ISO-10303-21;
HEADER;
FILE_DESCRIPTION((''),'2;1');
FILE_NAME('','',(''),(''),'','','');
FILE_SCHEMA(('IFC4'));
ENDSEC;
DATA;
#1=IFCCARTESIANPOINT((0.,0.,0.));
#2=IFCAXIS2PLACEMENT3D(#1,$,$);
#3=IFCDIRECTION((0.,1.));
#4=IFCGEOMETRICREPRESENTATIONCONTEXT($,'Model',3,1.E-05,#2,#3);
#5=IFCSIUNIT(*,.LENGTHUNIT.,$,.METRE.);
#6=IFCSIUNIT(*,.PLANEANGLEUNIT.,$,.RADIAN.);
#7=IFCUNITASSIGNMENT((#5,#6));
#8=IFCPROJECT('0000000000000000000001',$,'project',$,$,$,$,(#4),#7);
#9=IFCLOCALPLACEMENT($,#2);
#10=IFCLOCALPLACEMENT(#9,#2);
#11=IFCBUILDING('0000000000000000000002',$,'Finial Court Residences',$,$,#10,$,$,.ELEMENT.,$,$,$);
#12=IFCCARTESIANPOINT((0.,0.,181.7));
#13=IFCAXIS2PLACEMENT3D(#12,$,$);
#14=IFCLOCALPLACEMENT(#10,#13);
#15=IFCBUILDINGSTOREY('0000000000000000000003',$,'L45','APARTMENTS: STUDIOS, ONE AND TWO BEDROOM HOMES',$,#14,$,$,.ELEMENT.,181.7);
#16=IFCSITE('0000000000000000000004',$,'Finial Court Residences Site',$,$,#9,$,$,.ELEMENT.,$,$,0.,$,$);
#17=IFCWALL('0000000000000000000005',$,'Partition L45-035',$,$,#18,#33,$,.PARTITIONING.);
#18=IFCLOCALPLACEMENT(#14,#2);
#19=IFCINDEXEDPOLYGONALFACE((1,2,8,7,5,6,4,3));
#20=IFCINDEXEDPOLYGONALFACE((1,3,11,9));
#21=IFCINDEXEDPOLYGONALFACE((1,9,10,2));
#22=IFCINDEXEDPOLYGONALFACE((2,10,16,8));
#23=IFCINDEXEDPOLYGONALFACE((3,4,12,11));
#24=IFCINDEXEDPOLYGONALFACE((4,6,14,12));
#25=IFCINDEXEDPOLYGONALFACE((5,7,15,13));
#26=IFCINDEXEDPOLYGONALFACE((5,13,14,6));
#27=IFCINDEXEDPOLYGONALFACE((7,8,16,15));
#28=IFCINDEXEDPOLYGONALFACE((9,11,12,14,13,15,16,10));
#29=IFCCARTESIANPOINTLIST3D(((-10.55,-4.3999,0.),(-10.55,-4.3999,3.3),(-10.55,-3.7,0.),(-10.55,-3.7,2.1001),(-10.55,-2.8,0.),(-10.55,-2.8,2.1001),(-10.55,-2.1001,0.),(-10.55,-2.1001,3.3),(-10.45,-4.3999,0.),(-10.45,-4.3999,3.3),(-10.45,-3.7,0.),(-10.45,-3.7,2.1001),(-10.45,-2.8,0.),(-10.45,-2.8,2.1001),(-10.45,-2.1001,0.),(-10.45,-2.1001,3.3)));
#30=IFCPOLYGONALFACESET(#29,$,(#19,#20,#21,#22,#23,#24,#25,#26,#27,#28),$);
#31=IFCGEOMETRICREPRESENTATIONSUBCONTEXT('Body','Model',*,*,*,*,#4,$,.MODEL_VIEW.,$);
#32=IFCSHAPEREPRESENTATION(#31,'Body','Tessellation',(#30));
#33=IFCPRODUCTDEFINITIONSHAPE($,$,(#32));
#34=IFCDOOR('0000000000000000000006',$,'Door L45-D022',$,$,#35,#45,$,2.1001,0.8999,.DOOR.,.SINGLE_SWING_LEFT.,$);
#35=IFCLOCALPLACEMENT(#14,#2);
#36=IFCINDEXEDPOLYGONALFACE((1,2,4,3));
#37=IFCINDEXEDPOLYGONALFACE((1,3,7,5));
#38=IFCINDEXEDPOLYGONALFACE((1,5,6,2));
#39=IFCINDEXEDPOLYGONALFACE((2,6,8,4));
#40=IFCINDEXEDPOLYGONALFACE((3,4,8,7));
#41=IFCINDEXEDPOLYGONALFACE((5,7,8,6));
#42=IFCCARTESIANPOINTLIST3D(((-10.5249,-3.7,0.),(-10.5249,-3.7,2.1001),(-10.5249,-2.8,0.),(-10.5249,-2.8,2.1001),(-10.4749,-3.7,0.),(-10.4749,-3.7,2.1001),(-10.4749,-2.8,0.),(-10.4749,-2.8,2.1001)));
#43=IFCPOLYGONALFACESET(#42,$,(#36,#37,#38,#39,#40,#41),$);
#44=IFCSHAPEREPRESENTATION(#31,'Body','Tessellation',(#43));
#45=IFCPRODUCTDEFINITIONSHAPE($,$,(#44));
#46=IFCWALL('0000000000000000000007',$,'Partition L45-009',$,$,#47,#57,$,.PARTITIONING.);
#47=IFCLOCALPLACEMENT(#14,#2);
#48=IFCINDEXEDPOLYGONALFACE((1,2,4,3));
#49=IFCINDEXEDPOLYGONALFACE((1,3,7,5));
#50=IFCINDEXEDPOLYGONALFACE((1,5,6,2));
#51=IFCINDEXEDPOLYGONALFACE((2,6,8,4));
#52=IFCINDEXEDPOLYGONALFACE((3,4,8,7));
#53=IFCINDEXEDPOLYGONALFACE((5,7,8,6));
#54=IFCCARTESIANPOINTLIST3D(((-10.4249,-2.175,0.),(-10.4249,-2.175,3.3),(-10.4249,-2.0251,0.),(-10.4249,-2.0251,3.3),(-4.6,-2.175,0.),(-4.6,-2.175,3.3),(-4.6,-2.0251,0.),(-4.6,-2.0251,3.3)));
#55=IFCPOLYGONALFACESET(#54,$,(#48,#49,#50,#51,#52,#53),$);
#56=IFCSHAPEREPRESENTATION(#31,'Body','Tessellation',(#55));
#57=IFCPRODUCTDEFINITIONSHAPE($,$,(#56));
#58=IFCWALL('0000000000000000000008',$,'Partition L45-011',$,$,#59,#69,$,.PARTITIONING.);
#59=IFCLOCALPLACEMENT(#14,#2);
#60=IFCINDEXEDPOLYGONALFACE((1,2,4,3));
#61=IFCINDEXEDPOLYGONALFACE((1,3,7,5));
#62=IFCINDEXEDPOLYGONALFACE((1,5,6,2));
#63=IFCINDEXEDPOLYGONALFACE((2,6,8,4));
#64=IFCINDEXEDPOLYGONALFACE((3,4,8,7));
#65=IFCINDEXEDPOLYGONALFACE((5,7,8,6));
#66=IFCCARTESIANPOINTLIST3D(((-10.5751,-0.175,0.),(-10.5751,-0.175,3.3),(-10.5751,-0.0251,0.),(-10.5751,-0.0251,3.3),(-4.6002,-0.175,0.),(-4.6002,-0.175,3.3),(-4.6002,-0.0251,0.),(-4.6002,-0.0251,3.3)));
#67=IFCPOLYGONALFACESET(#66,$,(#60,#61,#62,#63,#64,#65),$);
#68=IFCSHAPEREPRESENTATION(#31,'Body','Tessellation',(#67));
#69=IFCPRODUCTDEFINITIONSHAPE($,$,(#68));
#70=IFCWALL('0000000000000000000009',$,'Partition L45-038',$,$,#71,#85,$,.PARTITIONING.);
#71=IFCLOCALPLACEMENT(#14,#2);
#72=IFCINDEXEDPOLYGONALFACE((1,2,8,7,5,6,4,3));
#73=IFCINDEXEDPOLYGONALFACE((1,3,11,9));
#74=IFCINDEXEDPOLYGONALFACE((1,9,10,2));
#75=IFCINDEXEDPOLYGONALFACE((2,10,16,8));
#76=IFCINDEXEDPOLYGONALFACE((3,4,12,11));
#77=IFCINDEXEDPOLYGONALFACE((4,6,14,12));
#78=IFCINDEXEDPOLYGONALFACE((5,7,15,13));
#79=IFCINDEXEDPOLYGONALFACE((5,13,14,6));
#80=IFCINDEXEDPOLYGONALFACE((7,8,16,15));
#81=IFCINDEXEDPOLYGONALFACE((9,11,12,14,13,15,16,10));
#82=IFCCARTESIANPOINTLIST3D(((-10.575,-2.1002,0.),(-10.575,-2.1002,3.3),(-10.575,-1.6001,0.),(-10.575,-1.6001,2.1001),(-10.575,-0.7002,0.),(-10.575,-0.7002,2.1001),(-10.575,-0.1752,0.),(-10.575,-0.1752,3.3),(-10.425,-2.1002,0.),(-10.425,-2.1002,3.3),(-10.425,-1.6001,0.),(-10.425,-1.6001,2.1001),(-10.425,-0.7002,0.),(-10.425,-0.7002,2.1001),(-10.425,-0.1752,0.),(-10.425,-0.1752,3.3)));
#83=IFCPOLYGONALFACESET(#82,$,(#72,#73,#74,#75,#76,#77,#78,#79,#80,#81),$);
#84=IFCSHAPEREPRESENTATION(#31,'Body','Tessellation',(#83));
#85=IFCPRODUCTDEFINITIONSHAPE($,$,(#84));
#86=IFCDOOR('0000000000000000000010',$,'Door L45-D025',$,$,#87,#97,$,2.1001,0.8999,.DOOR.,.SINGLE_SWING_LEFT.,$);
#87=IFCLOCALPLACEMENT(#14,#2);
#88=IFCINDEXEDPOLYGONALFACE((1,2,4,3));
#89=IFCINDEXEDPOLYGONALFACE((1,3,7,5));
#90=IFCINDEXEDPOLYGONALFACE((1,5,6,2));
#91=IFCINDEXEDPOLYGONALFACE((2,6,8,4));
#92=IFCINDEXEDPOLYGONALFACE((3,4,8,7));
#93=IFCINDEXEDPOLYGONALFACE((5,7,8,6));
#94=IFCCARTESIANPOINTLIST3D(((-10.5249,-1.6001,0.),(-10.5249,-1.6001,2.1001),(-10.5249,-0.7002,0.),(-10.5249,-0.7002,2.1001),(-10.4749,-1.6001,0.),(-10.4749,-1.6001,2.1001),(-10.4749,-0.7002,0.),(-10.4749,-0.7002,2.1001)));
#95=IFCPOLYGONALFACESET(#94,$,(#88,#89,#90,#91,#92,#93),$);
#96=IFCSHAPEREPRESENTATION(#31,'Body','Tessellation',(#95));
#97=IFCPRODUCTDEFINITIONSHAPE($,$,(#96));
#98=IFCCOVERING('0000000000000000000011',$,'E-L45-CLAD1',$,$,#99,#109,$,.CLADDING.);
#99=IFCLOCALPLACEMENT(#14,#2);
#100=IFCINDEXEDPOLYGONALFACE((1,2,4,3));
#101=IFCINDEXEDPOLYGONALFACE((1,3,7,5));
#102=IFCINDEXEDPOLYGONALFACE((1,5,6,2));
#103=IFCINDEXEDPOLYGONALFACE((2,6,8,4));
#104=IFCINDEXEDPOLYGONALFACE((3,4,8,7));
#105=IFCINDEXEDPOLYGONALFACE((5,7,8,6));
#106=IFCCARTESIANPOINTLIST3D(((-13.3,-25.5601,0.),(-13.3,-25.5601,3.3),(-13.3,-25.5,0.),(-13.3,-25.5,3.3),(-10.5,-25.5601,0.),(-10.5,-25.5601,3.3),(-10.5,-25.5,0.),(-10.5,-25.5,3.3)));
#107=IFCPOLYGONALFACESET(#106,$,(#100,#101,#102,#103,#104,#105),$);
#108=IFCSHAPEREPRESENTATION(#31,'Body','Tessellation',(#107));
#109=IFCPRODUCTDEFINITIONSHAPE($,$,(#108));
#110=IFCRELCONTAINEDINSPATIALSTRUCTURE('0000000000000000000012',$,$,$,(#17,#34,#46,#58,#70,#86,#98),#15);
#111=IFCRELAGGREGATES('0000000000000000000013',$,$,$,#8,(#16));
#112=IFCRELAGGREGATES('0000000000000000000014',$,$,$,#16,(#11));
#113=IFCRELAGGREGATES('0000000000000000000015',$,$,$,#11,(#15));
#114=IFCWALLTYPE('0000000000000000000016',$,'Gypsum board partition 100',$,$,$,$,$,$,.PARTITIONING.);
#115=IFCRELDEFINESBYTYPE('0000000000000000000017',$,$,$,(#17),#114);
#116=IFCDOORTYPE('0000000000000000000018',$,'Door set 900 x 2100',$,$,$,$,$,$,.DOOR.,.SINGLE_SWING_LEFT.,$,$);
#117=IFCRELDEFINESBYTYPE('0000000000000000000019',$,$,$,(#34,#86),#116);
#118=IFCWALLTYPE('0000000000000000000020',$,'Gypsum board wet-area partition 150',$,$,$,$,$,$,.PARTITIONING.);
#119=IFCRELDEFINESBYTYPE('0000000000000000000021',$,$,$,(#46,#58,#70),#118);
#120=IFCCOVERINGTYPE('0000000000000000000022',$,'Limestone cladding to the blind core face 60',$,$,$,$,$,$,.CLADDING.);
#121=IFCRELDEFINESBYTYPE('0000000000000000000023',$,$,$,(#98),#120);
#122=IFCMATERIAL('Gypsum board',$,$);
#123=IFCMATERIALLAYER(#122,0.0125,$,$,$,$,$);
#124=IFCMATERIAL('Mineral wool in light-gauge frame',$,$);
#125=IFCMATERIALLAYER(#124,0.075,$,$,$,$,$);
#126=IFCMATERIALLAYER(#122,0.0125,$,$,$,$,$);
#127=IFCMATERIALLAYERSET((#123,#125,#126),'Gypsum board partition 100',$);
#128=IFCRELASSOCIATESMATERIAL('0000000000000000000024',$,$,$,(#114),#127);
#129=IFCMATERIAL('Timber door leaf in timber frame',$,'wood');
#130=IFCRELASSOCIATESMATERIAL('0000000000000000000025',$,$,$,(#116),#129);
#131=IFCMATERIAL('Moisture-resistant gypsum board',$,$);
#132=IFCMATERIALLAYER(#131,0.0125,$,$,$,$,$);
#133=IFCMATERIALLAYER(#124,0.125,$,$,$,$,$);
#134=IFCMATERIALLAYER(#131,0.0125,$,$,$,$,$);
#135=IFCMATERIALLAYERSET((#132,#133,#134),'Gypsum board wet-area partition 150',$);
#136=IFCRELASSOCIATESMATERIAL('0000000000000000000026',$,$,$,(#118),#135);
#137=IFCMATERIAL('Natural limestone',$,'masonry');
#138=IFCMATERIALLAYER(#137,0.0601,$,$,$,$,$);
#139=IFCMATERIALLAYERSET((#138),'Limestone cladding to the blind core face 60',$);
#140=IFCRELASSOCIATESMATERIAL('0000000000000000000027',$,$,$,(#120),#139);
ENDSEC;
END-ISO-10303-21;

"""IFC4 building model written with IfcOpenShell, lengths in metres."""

from ifc_helpers import new_model, si_unit, direction, frame, frame_2d, origin, place, context, subcontext, project, spatial, polyline, rectangle, outline, extrude, material, layer, layer_set, type_object, element, fill, save


model = new_model("IFC4")

# Units and contexts
model_context = context("Model", 3, precision=1e-05, world=origin(), true_north=direction((0.0, 1.0)))
body_context = subcontext(model_context, "Body", "Model", "MODEL_VIEW")
ifc_project = project(units=[si_unit("LENGTHUNIT", "METRE"), si_unit("PLANEANGLEUNIT", "RADIAN")], contexts=[model_context])

# Site, building, storey
site_placement = place(None, origin())
site = spatial("IfcSite", under=ifc_project, at=site_placement, Name="Finial Court Residences Site", CompositionType="ELEMENT", RefElevation=0.0)
building_placement = place(site_placement, origin())
building = spatial("IfcBuilding", under=site, at=building_placement, Name="Finial Court Residences", CompositionType="ELEMENT")
storey_placement = place(building_placement, frame((0.0, 0.0, 181.7)))
storey = spatial("IfcBuildingStorey", under=building, at=storey_placement, Name="L45", Description="APARTMENTS: STUDIOS, ONE AND TWO BEDROOM HOMES", CompositionType="ELEMENT", Elevation=181.7)

# Shared definitions
ifc_material_1 = material(Name="Gypsum board")

# Wall, opening, door
ifc_layer_1 = layer(ifc_material_1, 0.0125)
ifc_material_2 = material(Name="Mineral wool in light-gauge frame")
ifc_layer_2 = layer(ifc_material_2, 0.075)
ifc_layer_3 = layer(ifc_material_1, 0.0125)
ifc_layer_set_1 = layer_set([ifc_layer_1, ifc_layer_2, ifc_layer_3], Name="Gypsum board partition 100")
wall_type_1 = type_object("IfcWallType", Name="Gypsum board partition 100", PredefinedType="PARTITIONING", material=ifc_layer_set_1)
wall_1_placement = place(storey_placement, frame((-10.5, -4.3999, 0.0), z_axis=(0.0, 0.0, 1.0), x_axis=(0.0, 1.0, 0.0)))
wall_1 = element("IfcWall", 1, at=wall_1_placement, inside=storey, type_object=wall_type_1, Name="Partition L45-035", PredefinedType="PARTITIONING", context=body_context, shape_type="SweptSolid", body=[
    extrude(rectangle(XDim=2.2998, YDim=0.1001, at=frame_2d((1.1499, 0.0))), origin(), (0.0, 0.0, 1.0), 3.3),
])
opening_1_placement = place(wall_1_placement, frame((0.7, 0.0, 0.0)))
opening_1 = element("IfcOpeningElement", 2, at=opening_1_placement, cuts=wall_1, PredefinedType="OPENING", context=body_context, shape_type="SweptSolid", body=[
    extrude(rectangle(XDim=0.8999, YDim=2.1001, at=frame_2d((0.45, 1.05))), frame((0.0, 0.0601, 0.0), z_axis=(0.0, -1.0, 0.0), x_axis=(1.0, 0.0, 0.0)), (0.0, 0.0, 1.0), 0.1201),
])
ifc_material_3 = material(Name="Timber door leaf in timber frame", Category="wood")
door_type_1 = type_object("IfcDoorType", Name="Door set 900 x 2100", OperationType="SINGLE_SWING_LEFT", PredefinedType="DOOR", material=ifc_material_3)
door_1_placement = place(opening_1_placement, origin())
door_1 = element("IfcDoor", 3, at=door_1_placement, inside=storey, type_object=door_type_1, Name="Door L45-D022", OperationType="SINGLE_SWING_LEFT", OverallHeight=2.1001, OverallWidth=0.8999, PredefinedType="DOOR", context=body_context, shape_type="SweptSolid", body=[
    extrude(rectangle(XDim=0.8999, YDim=2.1001, at=frame_2d((0.45, 1.05))), frame((0.0, 0.0249, 0.0), z_axis=(0.0, -1.0, 0.0), x_axis=(1.0, 0.0, 0.0)), (0.0, 0.0, 1.0), 0.05),
])
fill(opening_1, door_1)

# Walls
ifc_material_4 = material(Name="Moisture-resistant gypsum board")
ifc_layer_4 = layer(ifc_material_4, 0.0125)
ifc_layer_5 = layer(ifc_material_2, 0.125)
ifc_layer_6 = layer(ifc_material_4, 0.0125)
ifc_layer_set_2 = layer_set([ifc_layer_4, ifc_layer_5, ifc_layer_6], Name="Gypsum board wet-area partition 150")
wall_type_2 = type_object("IfcWallType", Name="Gypsum board wet-area partition 150", PredefinedType="PARTITIONING", material=ifc_layer_set_2)
wall_2_placement = place(storey_placement, frame((-10.425, -2.1001, 0.0), z_axis=(0.0, 0.0, 1.0), x_axis=(1.0, 0.0, 0.0)))
element("IfcWall", 4, at=wall_2_placement, inside=storey, type_object=wall_type_2, Name="Partition L45-009", PredefinedType="PARTITIONING", context=body_context, shape_type="SweptSolid", body=[
    extrude(rectangle(XDim=5.825, YDim=0.1499, at=frame_2d((2.9126, 0.0))), origin(), (0.0, 0.0, 1.0), 3.3),
])
wall_3_placement = place(storey_placement, frame((-10.575, -0.1001, 0.0), z_axis=(0.0, 0.0, 1.0), x_axis=(1.0, 0.0, 0.0)))
element("IfcWall", 5, at=wall_3_placement, inside=storey, type_object=wall_type_2, Name="Partition L45-011", PredefinedType="PARTITIONING", context=body_context, shape_type="SweptSolid", body=[
    extrude(rectangle(XDim=5.9749, YDim=0.1499, at=frame_2d((2.9873, 0.0))), origin(), (0.0, 0.0, 1.0), 3.3),
])

# Wall, opening, door
wall_4_placement = place(storey_placement, frame((-10.5, -2.1001, 0.0), z_axis=(0.0, 0.0, 1.0), x_axis=(0.0, 1.0, 0.0)))
wall_4 = element("IfcWall", 6, at=wall_4_placement, inside=storey, type_object=wall_type_2, Name="Partition L45-038", PredefinedType="PARTITIONING", context=body_context, shape_type="SweptSolid", body=[
    extrude(rectangle(XDim=1.925, YDim=0.1499, at=frame_2d((0.9624, 0.0))), origin(), (0.0, 0.0, 1.0), 3.3),
])
opening_2_placement = place(wall_4_placement, frame((0.5, 0.0, 0.0)))
opening_2 = element("IfcOpeningElement", 7, at=opening_2_placement, cuts=wall_4, PredefinedType="OPENING", context=body_context, shape_type="SweptSolid", body=[
    extrude(rectangle(XDim=0.8999, YDim=2.1001, at=frame_2d((0.45, 1.05))), frame((0.0, 0.085, 0.0), z_axis=(0.0, -1.0, 0.0), x_axis=(1.0, 0.0, 0.0)), (0.0, 0.0, 1.0), 0.1699),
])
door_2_placement = place(opening_2_placement, origin())
door_2 = element("IfcDoor", 8, at=door_2_placement, inside=storey, type_object=door_type_1, Name="Door L45-D025", OperationType="SINGLE_SWING_LEFT", OverallHeight=2.1001, OverallWidth=0.8999, PredefinedType="DOOR", context=body_context, shape_type="SweptSolid", body=[
    extrude(rectangle(XDim=0.8999, YDim=2.1001, at=frame_2d((0.45, 1.05))), frame((0.0, 0.0249, 0.0), z_axis=(0.0, -1.0, 0.0), x_axis=(1.0, 0.0, 0.0)), (0.0, 0.0, 1.0), 0.05),
])
fill(opening_2, door_2)

# Covering
ifc_material_5 = material(Name="Natural limestone", Category="masonry")
ifc_layer_7 = layer(ifc_material_5, 0.0601)
ifc_layer_set_3 = layer_set([ifc_layer_7], Name="Limestone cladding to the blind core face 60")
covering_type = type_object("IfcCoveringType", Name="Limestone cladding to the blind core face 60", PredefinedType="CLADDING", material=ifc_layer_set_3)
covering_placement = place(storey_placement, origin())
element("IfcCovering", 9, at=covering_placement, inside=storey, type_object=covering_type, Name="E-L45-CLAD1", PredefinedType="CLADDING", context=body_context, shape_type="SweptSolid", body=[
    extrude(outline(polyline([(-10.5, -25.5601), (-10.5, -25.5), (-13.3, -25.5), (-13.3, -25.5601), (-10.5, -25.5601)])), origin(), (0.0, 0.0, 1.0), 3.3),
])

save(model, "model.ifc")
